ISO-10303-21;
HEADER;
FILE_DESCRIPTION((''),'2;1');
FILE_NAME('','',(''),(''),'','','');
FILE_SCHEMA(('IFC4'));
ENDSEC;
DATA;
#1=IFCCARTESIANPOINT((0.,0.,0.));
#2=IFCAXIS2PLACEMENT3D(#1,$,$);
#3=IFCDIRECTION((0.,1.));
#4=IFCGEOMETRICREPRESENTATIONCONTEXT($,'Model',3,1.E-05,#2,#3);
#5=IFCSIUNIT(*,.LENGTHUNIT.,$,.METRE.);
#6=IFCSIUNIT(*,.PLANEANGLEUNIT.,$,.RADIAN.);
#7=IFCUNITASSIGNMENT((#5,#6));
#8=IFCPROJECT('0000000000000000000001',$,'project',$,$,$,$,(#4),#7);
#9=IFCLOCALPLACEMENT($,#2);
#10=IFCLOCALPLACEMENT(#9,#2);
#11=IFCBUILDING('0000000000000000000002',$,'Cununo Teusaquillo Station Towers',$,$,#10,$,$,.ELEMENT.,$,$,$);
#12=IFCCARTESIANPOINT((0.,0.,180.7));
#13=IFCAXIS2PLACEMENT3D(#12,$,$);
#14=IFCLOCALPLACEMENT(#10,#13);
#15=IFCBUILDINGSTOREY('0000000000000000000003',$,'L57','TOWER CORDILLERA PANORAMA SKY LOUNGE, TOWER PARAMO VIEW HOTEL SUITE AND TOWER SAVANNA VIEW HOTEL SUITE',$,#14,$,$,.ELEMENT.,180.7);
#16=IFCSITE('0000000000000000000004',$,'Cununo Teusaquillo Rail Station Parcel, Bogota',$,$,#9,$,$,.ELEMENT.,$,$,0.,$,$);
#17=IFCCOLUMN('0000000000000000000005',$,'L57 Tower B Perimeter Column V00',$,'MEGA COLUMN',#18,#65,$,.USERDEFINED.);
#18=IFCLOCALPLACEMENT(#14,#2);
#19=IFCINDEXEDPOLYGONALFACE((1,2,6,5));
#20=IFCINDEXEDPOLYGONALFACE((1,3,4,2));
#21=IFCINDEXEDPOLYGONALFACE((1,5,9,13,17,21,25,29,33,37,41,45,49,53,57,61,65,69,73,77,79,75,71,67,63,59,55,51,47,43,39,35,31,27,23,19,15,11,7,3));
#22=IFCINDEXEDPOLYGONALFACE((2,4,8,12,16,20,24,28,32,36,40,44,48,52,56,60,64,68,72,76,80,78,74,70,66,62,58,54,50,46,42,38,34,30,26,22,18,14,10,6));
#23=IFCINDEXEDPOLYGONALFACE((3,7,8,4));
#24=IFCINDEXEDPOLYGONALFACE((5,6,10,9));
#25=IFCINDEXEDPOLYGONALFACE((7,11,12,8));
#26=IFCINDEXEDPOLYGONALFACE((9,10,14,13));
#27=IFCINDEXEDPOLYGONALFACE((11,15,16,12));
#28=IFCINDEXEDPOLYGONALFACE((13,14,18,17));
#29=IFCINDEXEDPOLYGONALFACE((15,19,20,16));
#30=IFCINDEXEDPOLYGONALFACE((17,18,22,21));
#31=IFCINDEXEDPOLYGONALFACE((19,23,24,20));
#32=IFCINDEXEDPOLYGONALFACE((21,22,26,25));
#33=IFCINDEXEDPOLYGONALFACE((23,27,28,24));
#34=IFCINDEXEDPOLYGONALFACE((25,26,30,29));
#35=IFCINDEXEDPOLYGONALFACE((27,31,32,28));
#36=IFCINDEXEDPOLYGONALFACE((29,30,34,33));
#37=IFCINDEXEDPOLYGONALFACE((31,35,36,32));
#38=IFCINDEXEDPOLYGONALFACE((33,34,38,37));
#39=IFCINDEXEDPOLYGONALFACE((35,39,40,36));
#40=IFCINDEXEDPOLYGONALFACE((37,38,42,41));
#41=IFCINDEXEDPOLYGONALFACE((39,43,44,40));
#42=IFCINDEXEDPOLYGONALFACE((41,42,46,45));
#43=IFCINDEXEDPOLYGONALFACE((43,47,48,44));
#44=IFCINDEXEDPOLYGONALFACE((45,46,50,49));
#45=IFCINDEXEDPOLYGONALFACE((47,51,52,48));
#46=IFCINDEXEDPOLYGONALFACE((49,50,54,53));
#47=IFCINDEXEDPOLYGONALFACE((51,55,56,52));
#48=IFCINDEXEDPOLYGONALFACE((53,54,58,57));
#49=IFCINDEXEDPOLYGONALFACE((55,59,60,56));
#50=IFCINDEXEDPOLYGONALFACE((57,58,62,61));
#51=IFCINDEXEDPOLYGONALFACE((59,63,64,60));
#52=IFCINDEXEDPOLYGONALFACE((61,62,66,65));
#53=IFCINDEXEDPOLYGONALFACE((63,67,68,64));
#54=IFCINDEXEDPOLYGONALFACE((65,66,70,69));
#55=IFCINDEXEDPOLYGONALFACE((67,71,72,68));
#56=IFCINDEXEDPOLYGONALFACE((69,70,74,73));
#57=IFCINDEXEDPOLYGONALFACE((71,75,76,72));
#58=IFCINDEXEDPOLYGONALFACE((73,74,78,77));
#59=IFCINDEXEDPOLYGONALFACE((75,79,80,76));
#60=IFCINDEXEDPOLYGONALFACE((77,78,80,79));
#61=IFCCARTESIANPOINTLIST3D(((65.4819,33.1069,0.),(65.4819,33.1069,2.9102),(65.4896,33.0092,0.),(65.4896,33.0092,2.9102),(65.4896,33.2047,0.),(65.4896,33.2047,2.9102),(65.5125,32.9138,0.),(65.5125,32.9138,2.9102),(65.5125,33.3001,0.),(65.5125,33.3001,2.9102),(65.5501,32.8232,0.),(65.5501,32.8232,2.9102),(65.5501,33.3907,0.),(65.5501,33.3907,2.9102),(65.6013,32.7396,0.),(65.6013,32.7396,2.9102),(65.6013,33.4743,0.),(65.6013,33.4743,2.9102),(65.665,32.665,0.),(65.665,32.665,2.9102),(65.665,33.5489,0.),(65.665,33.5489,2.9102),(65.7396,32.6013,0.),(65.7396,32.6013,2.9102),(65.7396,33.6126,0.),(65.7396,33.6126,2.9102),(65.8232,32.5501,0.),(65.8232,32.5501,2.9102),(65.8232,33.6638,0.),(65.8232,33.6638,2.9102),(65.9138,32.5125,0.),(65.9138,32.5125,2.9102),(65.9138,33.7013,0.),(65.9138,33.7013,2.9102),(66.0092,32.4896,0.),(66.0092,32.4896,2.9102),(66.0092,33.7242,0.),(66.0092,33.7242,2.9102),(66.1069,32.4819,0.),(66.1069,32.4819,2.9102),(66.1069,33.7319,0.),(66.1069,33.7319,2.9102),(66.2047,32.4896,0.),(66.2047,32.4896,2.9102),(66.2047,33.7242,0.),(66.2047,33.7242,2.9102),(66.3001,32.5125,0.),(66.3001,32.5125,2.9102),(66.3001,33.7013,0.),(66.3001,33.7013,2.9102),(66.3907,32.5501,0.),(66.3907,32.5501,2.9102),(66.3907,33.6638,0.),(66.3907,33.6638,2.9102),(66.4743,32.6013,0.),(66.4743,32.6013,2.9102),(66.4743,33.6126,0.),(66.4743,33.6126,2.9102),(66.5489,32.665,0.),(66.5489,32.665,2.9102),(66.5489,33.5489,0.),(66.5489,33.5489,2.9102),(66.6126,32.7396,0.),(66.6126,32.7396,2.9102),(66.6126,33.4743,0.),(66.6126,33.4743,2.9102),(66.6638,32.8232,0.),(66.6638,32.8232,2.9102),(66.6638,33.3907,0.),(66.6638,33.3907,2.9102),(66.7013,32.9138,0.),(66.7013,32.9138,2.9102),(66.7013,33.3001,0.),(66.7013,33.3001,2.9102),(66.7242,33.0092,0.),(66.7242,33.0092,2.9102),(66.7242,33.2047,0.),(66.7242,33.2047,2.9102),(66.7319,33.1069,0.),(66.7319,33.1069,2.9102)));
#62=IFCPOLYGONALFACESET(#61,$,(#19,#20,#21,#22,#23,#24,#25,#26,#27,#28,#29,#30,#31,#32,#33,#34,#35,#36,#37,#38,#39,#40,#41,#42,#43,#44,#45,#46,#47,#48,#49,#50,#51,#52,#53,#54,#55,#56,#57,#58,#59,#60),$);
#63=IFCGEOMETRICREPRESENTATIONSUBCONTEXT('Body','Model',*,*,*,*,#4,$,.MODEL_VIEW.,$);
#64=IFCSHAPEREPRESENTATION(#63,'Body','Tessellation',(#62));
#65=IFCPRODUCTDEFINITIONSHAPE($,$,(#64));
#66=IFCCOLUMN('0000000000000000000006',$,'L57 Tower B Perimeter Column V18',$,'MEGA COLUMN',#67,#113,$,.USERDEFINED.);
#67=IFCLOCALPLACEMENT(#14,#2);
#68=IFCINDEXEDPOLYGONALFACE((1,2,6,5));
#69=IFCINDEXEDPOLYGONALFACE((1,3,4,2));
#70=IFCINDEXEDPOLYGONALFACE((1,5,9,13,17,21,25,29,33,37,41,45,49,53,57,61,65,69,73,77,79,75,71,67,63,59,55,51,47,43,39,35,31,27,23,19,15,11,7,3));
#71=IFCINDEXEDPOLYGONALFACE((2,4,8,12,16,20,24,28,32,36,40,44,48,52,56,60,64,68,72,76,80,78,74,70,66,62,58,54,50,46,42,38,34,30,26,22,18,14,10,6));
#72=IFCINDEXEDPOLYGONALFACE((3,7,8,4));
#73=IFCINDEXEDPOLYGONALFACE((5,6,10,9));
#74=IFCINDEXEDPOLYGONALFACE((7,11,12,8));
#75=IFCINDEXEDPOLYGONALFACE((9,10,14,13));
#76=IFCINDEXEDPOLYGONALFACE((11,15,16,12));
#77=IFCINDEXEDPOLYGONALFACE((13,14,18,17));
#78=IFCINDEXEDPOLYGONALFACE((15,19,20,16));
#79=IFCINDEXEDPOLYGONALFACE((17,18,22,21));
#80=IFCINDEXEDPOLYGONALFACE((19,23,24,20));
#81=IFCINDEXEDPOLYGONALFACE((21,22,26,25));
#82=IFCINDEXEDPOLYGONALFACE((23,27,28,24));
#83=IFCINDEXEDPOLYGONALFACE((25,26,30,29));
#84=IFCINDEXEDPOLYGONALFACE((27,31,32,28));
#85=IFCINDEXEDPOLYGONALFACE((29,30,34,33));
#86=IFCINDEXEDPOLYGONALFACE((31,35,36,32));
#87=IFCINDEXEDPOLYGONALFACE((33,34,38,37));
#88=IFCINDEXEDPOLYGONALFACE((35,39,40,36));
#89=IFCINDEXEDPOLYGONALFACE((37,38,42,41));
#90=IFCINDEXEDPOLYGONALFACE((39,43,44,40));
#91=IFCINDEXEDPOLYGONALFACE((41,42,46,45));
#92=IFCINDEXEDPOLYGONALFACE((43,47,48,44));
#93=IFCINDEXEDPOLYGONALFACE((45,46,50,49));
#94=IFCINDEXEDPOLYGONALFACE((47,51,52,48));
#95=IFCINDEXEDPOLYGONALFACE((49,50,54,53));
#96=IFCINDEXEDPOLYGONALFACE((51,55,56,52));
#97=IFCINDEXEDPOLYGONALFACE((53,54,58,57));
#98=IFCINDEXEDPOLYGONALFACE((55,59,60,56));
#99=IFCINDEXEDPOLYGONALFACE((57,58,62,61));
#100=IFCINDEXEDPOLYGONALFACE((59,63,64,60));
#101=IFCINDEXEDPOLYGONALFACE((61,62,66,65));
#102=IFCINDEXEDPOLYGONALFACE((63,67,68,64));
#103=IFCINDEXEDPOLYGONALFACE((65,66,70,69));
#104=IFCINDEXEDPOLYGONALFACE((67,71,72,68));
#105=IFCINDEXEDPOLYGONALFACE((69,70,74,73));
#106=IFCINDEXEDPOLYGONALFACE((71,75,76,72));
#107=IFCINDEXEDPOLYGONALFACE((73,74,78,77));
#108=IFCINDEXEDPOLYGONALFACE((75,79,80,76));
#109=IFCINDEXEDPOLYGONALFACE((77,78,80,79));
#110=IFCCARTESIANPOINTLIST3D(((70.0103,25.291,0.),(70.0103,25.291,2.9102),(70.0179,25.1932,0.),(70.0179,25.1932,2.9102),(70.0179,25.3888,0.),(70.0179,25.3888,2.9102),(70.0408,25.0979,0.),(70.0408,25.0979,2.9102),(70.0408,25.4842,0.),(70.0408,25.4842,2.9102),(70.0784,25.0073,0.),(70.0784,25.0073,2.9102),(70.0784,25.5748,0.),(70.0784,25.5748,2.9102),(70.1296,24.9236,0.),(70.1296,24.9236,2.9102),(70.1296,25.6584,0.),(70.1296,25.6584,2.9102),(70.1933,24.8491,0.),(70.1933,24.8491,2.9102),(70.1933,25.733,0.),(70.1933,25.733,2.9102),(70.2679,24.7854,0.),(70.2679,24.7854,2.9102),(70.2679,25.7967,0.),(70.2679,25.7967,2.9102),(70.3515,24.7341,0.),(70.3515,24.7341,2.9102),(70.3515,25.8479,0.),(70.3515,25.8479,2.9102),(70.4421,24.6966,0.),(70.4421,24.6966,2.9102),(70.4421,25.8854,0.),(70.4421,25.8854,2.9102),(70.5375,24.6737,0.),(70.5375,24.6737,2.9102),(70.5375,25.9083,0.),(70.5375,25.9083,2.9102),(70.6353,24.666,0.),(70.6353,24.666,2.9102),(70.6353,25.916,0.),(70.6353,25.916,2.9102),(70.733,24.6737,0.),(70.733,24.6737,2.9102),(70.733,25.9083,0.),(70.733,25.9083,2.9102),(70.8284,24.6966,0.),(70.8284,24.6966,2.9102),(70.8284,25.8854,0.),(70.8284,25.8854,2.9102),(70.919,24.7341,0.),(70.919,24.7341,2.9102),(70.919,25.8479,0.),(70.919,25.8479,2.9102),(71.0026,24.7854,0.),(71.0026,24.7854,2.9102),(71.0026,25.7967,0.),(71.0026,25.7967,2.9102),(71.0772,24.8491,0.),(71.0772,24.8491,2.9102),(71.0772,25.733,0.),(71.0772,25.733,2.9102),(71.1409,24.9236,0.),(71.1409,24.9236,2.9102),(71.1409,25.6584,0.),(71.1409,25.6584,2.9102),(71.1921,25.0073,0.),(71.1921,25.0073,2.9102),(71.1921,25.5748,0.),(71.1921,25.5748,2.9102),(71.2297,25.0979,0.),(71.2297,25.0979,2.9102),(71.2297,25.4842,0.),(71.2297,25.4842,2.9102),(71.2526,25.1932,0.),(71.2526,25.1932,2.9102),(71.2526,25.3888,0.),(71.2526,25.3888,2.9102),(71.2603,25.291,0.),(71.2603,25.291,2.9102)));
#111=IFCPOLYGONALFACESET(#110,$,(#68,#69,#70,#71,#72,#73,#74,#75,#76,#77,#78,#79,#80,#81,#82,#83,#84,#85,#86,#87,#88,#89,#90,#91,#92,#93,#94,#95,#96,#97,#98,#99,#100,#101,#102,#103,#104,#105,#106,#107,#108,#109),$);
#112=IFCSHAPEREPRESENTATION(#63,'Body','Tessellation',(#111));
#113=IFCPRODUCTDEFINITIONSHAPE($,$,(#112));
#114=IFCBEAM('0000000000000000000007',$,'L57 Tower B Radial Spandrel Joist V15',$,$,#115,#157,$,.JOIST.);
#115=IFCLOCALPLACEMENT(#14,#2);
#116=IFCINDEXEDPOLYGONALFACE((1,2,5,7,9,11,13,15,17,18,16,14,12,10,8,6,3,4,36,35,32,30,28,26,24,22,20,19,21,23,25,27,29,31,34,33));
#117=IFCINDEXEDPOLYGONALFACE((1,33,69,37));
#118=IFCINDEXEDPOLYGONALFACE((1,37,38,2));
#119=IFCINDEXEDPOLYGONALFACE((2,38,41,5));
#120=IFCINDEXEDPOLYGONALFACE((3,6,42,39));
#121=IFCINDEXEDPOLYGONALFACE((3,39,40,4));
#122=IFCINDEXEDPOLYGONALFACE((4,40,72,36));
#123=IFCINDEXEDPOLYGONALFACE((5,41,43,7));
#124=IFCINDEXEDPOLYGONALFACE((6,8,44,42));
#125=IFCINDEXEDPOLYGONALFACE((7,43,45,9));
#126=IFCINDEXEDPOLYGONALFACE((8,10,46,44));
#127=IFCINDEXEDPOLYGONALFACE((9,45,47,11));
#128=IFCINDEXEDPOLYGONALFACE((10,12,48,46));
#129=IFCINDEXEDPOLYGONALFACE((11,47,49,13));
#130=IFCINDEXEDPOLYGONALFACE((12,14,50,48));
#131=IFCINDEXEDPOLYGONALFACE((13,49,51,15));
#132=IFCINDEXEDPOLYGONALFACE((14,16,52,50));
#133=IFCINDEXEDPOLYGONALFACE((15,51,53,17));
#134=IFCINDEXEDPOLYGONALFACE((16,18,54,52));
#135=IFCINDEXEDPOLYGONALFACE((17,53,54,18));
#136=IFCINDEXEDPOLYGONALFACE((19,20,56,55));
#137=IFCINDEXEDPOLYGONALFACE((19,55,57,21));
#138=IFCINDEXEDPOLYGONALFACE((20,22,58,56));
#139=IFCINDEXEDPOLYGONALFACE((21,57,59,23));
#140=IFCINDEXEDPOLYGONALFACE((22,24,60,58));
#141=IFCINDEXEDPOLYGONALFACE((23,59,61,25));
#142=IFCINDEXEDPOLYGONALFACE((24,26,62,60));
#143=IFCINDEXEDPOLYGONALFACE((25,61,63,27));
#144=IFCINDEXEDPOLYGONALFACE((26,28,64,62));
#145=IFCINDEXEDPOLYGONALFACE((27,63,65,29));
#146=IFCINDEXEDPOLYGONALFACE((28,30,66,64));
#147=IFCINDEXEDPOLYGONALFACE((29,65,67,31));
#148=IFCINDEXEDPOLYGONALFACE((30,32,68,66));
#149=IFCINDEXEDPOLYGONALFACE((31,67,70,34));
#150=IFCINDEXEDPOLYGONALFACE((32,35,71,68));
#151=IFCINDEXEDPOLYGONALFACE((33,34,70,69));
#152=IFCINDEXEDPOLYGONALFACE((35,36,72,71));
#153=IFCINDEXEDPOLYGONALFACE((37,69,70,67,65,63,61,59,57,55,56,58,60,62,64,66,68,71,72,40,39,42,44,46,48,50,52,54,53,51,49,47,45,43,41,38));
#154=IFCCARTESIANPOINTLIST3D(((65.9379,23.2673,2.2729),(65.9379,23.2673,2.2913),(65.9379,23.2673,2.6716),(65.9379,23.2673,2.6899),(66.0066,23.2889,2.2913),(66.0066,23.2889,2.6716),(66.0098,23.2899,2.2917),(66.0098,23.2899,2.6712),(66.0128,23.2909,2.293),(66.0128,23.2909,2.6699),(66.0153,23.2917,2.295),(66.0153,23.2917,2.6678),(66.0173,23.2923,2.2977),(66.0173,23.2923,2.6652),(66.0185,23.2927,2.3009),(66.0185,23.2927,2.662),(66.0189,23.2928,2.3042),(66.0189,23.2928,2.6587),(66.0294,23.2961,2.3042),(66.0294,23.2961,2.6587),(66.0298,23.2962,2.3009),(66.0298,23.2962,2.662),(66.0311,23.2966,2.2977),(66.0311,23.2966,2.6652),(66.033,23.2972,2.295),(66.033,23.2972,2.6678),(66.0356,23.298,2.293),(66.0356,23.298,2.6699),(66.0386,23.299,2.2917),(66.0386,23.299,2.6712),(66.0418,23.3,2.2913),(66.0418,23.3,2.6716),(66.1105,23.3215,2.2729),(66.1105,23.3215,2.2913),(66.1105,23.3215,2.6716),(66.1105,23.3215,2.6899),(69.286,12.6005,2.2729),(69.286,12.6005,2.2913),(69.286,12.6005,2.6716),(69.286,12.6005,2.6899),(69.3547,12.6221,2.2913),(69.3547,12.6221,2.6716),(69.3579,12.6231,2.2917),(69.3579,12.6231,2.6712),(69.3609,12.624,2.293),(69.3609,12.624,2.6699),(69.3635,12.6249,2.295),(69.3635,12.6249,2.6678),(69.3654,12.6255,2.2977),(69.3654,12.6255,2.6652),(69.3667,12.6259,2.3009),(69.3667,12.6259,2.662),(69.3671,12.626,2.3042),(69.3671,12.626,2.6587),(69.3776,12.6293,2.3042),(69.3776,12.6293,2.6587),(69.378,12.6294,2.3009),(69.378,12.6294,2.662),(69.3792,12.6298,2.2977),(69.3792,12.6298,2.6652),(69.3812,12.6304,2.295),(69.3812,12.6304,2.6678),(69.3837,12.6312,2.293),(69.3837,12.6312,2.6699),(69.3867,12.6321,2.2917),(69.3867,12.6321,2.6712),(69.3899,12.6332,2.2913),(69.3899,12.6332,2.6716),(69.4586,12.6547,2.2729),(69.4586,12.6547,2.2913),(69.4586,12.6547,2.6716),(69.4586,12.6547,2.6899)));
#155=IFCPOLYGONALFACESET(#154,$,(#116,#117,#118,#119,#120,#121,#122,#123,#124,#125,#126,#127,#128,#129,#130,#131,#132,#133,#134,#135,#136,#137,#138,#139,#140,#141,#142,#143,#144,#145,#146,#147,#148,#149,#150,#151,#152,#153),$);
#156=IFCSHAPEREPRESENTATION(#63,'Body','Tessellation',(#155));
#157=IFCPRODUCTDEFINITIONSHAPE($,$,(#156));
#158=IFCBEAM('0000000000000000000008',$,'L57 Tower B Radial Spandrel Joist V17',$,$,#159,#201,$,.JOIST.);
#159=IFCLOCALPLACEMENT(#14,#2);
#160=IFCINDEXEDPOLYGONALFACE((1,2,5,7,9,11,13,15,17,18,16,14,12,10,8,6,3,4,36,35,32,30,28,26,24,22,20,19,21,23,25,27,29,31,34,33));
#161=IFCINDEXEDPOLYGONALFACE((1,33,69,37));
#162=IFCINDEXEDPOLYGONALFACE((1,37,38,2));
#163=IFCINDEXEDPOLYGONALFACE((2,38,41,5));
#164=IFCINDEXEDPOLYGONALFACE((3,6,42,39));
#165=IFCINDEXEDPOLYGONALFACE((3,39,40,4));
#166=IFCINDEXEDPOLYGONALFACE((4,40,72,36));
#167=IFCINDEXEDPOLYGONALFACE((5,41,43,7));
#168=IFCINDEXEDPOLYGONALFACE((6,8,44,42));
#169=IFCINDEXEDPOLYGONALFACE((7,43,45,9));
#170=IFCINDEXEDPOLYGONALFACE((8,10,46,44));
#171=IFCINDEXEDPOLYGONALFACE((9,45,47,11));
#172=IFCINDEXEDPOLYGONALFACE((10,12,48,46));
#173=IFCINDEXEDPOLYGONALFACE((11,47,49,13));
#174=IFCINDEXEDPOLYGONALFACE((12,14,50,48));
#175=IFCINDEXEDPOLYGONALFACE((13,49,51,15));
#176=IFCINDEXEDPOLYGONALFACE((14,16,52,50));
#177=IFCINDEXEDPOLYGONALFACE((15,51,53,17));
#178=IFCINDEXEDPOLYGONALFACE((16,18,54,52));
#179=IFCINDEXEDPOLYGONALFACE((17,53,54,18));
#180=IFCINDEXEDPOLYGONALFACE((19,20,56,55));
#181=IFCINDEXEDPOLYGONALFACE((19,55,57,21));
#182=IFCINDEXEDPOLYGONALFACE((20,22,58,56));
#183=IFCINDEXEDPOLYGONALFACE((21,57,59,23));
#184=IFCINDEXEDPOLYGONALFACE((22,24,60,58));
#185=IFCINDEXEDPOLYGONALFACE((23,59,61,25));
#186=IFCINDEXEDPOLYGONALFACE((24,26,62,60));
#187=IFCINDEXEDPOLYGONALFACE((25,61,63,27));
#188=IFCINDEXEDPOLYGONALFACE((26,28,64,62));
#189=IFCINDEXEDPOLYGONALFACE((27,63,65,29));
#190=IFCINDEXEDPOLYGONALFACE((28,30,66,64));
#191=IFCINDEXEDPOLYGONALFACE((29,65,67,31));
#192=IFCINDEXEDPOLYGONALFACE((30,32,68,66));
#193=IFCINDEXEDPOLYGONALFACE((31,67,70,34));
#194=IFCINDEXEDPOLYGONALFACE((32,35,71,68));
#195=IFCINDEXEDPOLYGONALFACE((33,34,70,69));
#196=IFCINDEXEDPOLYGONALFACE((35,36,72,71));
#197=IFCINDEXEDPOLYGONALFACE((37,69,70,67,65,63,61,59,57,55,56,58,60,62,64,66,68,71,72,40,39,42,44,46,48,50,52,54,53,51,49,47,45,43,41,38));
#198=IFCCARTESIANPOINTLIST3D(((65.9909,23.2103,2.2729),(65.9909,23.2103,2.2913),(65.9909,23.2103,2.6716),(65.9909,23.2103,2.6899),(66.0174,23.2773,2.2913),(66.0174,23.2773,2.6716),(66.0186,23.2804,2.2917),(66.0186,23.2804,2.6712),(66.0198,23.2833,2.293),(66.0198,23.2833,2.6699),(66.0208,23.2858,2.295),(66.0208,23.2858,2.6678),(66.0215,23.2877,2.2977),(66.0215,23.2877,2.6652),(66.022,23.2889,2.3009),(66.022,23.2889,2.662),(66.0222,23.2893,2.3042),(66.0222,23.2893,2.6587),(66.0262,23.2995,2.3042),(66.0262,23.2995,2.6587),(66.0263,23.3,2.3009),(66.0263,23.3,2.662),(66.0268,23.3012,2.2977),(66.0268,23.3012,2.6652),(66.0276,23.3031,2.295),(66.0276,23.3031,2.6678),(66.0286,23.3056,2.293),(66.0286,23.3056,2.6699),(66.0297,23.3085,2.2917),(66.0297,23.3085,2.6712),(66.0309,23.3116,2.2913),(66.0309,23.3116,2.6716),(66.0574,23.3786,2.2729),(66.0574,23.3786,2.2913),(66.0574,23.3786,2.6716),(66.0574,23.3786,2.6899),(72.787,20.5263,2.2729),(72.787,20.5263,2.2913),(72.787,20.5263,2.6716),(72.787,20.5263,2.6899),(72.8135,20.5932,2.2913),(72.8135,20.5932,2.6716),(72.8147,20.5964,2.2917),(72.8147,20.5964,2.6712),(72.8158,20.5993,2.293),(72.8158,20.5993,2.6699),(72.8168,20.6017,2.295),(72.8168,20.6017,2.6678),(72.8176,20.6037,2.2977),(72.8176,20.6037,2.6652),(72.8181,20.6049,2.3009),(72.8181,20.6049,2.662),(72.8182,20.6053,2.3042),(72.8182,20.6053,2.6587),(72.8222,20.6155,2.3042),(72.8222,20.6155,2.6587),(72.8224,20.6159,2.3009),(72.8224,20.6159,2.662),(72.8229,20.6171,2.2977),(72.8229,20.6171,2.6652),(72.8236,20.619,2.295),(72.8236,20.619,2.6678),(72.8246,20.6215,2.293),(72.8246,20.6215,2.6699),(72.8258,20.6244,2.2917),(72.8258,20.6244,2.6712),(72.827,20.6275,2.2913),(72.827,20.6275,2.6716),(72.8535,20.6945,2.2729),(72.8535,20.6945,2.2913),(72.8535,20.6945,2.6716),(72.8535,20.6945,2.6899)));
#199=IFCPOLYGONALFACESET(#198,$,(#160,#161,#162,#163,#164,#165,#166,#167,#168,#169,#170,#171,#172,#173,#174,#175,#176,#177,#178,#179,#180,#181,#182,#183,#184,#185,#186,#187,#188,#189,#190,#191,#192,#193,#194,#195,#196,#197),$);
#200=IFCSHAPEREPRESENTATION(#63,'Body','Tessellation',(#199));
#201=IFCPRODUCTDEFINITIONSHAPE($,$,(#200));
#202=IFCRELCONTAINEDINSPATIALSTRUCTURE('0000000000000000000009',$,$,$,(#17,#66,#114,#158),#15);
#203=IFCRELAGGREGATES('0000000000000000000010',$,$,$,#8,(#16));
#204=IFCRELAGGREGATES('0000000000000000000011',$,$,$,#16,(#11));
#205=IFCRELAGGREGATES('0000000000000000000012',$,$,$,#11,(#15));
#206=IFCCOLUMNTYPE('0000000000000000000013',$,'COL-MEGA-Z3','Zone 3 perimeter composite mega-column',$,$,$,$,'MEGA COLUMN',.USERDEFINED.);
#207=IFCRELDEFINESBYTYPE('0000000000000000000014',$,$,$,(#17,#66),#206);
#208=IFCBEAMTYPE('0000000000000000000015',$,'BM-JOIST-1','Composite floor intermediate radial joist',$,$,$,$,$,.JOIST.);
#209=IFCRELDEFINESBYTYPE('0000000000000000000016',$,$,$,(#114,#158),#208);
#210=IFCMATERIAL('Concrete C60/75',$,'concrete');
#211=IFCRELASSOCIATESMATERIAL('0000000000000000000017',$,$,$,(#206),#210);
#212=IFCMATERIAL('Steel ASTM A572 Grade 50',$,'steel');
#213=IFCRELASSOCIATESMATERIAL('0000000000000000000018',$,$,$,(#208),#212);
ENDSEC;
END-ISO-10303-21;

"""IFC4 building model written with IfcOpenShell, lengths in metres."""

from ifc_helpers import new_model, si_unit, direction, frame, origin, origin_2d, place, context, subcontext, project, spatial, circle, i_section, extrude, material, material_profile, profile_set, type_object, element, save


model = new_model("IFC4")

# Units and contexts
model_context = context("Model", 3, precision=1e-05, world=origin(), true_north=direction((0.0, 1.0)))
body_context = subcontext(model_context, "Body", "Model", "MODEL_VIEW")
ifc_project = project(units=[si_unit("LENGTHUNIT", "METRE"), si_unit("PLANEANGLEUNIT", "RADIAN")], contexts=[model_context])

# Site, building, storey
site_placement = place(None, origin())
site = spatial("IfcSite", under=ifc_project, at=site_placement, Name="Cununo Teusaquillo Rail Station Parcel, Bogota", CompositionType="ELEMENT", RefElevation=0.0)
building_placement = place(site_placement, origin())
building = spatial("IfcBuilding", under=site, at=building_placement, Name="Cununo Teusaquillo Station Towers", CompositionType="ELEMENT")
storey_placement = place(building_placement, frame((0.0, 0.0, 180.7)))
storey = spatial("IfcBuildingStorey", under=building, at=storey_placement, Name="L57", Description="TOWER CORDILLERA PANORAMA SKY LOUNGE, TOWER PARAMO VIEW HOTEL SUITE AND TOWER SAVANNA VIEW HOTEL SUITE", CompositionType="ELEMENT", Elevation=180.7)

# Columns
ifc_material_1 = material(Name="Concrete C60/75", Category="concrete")
ifc_material_profile_1 = material_profile(ifc_material_1, circle(Radius=0.625, at=origin_2d()), Name="RC-CIRC-1250")
ifc_profile_set_1 = profile_set([ifc_material_profile_1], Name="Concrete C60/75")
column_type = type_object("IfcColumnType", Name="COL-MEGA-Z3", Description="Zone 3 perimeter composite mega-column", ElementType="MEGA COLUMN", PredefinedType="USERDEFINED", material=ifc_profile_set_1)
for number, where, z_axis, x_axis, name in (
    (1, (66.1069, 33.1069, 0.0), (0.0, 0.0, 1.0), (1.0, 0.0, 0.0), "L57 Tower B Perimeter Column V00"),
    (2, (70.6353, 25.291, 0.0), (0.0, 0.0, 1.0), (1.0, 0.0, 0.0), "L57 Tower B Perimeter Column V18"),
):
    element("IfcColumn", number, at=place(storey_placement, frame(where, z_axis=z_axis, x_axis=x_axis)), inside=storey, type_object=column_type, Name=name, ObjectType="MEGA COLUMN", PredefinedType="USERDEFINED", context=body_context, shape_type="SweptSolid", body=[
        extrude(circle(Radius=0.625, at=origin_2d()), origin(), (0.0, 0.0, 1.0), 2.9102),
    ])

# Beams
ifc_material_2 = material(Name="Steel ASTM A572 Grade 50", Category="steel")
ifc_material_profile_2 = material_profile(ifc_material_2, i_section(OverallWidth=0.1809, OverallDepth=0.417, WebThickness=0.011, FlangeThickness=0.0183, FilletRadius=0.0129, at=origin_2d()), Name="W16X57")
ifc_profile_set_2 = profile_set([ifc_material_profile_2], Name="Steel ASTM A572 Grade 50")
beam_type_1 = type_object("IfcBeamType", Name="BM-JOIST-1", Description="Composite floor intermediate radial joist", PredefinedType="JOIST", material=ifc_profile_set_2)
beam_1_placement = place(storey_placement, frame((66.0242, 23.2944, 2.4814), z_axis=(0.29948, -0.954103, 0.0), x_axis=(0.954103, 0.29948, 0.0)))
element("IfcBeam", 3, at=beam_1_placement, inside=storey, type_object=beam_type_1, Name="L57 Tower B Radial Spandrel Joist V15", PredefinedType="JOIST", context=body_context, shape_type="SweptSolid", body=[
    extrude(i_section(OverallWidth=0.1809, OverallDepth=0.417, WebThickness=0.011, FlangeThickness=0.0183, FilletRadius=0.0129, at=origin_2d()), origin(), (0.0, 0.0, 1.0), 11.1799),
])
beam_2_placement = place(storey_placement, frame((66.0242, 23.2944, 2.4814), z_axis=(0.93009, -0.367332, 0.0), x_axis=(0.367332, 0.93009, 0.0)))
element("IfcBeam", 4, at=beam_2_placement, inside=storey, type_object=beam_type_1, Name="L57 Tower B Radial Spandrel Joist V17", PredefinedType="JOIST", context=body_context, shape_type="SweptSolid", body=[
    extrude(i_section(OverallWidth=0.1809, OverallDepth=0.417, WebThickness=0.011, FlangeThickness=0.0183, FilletRadius=0.0129, at=origin_2d()), origin(), (0.0, 0.0, 1.0), 7.3069),
])

save(model, "model.ifc")
